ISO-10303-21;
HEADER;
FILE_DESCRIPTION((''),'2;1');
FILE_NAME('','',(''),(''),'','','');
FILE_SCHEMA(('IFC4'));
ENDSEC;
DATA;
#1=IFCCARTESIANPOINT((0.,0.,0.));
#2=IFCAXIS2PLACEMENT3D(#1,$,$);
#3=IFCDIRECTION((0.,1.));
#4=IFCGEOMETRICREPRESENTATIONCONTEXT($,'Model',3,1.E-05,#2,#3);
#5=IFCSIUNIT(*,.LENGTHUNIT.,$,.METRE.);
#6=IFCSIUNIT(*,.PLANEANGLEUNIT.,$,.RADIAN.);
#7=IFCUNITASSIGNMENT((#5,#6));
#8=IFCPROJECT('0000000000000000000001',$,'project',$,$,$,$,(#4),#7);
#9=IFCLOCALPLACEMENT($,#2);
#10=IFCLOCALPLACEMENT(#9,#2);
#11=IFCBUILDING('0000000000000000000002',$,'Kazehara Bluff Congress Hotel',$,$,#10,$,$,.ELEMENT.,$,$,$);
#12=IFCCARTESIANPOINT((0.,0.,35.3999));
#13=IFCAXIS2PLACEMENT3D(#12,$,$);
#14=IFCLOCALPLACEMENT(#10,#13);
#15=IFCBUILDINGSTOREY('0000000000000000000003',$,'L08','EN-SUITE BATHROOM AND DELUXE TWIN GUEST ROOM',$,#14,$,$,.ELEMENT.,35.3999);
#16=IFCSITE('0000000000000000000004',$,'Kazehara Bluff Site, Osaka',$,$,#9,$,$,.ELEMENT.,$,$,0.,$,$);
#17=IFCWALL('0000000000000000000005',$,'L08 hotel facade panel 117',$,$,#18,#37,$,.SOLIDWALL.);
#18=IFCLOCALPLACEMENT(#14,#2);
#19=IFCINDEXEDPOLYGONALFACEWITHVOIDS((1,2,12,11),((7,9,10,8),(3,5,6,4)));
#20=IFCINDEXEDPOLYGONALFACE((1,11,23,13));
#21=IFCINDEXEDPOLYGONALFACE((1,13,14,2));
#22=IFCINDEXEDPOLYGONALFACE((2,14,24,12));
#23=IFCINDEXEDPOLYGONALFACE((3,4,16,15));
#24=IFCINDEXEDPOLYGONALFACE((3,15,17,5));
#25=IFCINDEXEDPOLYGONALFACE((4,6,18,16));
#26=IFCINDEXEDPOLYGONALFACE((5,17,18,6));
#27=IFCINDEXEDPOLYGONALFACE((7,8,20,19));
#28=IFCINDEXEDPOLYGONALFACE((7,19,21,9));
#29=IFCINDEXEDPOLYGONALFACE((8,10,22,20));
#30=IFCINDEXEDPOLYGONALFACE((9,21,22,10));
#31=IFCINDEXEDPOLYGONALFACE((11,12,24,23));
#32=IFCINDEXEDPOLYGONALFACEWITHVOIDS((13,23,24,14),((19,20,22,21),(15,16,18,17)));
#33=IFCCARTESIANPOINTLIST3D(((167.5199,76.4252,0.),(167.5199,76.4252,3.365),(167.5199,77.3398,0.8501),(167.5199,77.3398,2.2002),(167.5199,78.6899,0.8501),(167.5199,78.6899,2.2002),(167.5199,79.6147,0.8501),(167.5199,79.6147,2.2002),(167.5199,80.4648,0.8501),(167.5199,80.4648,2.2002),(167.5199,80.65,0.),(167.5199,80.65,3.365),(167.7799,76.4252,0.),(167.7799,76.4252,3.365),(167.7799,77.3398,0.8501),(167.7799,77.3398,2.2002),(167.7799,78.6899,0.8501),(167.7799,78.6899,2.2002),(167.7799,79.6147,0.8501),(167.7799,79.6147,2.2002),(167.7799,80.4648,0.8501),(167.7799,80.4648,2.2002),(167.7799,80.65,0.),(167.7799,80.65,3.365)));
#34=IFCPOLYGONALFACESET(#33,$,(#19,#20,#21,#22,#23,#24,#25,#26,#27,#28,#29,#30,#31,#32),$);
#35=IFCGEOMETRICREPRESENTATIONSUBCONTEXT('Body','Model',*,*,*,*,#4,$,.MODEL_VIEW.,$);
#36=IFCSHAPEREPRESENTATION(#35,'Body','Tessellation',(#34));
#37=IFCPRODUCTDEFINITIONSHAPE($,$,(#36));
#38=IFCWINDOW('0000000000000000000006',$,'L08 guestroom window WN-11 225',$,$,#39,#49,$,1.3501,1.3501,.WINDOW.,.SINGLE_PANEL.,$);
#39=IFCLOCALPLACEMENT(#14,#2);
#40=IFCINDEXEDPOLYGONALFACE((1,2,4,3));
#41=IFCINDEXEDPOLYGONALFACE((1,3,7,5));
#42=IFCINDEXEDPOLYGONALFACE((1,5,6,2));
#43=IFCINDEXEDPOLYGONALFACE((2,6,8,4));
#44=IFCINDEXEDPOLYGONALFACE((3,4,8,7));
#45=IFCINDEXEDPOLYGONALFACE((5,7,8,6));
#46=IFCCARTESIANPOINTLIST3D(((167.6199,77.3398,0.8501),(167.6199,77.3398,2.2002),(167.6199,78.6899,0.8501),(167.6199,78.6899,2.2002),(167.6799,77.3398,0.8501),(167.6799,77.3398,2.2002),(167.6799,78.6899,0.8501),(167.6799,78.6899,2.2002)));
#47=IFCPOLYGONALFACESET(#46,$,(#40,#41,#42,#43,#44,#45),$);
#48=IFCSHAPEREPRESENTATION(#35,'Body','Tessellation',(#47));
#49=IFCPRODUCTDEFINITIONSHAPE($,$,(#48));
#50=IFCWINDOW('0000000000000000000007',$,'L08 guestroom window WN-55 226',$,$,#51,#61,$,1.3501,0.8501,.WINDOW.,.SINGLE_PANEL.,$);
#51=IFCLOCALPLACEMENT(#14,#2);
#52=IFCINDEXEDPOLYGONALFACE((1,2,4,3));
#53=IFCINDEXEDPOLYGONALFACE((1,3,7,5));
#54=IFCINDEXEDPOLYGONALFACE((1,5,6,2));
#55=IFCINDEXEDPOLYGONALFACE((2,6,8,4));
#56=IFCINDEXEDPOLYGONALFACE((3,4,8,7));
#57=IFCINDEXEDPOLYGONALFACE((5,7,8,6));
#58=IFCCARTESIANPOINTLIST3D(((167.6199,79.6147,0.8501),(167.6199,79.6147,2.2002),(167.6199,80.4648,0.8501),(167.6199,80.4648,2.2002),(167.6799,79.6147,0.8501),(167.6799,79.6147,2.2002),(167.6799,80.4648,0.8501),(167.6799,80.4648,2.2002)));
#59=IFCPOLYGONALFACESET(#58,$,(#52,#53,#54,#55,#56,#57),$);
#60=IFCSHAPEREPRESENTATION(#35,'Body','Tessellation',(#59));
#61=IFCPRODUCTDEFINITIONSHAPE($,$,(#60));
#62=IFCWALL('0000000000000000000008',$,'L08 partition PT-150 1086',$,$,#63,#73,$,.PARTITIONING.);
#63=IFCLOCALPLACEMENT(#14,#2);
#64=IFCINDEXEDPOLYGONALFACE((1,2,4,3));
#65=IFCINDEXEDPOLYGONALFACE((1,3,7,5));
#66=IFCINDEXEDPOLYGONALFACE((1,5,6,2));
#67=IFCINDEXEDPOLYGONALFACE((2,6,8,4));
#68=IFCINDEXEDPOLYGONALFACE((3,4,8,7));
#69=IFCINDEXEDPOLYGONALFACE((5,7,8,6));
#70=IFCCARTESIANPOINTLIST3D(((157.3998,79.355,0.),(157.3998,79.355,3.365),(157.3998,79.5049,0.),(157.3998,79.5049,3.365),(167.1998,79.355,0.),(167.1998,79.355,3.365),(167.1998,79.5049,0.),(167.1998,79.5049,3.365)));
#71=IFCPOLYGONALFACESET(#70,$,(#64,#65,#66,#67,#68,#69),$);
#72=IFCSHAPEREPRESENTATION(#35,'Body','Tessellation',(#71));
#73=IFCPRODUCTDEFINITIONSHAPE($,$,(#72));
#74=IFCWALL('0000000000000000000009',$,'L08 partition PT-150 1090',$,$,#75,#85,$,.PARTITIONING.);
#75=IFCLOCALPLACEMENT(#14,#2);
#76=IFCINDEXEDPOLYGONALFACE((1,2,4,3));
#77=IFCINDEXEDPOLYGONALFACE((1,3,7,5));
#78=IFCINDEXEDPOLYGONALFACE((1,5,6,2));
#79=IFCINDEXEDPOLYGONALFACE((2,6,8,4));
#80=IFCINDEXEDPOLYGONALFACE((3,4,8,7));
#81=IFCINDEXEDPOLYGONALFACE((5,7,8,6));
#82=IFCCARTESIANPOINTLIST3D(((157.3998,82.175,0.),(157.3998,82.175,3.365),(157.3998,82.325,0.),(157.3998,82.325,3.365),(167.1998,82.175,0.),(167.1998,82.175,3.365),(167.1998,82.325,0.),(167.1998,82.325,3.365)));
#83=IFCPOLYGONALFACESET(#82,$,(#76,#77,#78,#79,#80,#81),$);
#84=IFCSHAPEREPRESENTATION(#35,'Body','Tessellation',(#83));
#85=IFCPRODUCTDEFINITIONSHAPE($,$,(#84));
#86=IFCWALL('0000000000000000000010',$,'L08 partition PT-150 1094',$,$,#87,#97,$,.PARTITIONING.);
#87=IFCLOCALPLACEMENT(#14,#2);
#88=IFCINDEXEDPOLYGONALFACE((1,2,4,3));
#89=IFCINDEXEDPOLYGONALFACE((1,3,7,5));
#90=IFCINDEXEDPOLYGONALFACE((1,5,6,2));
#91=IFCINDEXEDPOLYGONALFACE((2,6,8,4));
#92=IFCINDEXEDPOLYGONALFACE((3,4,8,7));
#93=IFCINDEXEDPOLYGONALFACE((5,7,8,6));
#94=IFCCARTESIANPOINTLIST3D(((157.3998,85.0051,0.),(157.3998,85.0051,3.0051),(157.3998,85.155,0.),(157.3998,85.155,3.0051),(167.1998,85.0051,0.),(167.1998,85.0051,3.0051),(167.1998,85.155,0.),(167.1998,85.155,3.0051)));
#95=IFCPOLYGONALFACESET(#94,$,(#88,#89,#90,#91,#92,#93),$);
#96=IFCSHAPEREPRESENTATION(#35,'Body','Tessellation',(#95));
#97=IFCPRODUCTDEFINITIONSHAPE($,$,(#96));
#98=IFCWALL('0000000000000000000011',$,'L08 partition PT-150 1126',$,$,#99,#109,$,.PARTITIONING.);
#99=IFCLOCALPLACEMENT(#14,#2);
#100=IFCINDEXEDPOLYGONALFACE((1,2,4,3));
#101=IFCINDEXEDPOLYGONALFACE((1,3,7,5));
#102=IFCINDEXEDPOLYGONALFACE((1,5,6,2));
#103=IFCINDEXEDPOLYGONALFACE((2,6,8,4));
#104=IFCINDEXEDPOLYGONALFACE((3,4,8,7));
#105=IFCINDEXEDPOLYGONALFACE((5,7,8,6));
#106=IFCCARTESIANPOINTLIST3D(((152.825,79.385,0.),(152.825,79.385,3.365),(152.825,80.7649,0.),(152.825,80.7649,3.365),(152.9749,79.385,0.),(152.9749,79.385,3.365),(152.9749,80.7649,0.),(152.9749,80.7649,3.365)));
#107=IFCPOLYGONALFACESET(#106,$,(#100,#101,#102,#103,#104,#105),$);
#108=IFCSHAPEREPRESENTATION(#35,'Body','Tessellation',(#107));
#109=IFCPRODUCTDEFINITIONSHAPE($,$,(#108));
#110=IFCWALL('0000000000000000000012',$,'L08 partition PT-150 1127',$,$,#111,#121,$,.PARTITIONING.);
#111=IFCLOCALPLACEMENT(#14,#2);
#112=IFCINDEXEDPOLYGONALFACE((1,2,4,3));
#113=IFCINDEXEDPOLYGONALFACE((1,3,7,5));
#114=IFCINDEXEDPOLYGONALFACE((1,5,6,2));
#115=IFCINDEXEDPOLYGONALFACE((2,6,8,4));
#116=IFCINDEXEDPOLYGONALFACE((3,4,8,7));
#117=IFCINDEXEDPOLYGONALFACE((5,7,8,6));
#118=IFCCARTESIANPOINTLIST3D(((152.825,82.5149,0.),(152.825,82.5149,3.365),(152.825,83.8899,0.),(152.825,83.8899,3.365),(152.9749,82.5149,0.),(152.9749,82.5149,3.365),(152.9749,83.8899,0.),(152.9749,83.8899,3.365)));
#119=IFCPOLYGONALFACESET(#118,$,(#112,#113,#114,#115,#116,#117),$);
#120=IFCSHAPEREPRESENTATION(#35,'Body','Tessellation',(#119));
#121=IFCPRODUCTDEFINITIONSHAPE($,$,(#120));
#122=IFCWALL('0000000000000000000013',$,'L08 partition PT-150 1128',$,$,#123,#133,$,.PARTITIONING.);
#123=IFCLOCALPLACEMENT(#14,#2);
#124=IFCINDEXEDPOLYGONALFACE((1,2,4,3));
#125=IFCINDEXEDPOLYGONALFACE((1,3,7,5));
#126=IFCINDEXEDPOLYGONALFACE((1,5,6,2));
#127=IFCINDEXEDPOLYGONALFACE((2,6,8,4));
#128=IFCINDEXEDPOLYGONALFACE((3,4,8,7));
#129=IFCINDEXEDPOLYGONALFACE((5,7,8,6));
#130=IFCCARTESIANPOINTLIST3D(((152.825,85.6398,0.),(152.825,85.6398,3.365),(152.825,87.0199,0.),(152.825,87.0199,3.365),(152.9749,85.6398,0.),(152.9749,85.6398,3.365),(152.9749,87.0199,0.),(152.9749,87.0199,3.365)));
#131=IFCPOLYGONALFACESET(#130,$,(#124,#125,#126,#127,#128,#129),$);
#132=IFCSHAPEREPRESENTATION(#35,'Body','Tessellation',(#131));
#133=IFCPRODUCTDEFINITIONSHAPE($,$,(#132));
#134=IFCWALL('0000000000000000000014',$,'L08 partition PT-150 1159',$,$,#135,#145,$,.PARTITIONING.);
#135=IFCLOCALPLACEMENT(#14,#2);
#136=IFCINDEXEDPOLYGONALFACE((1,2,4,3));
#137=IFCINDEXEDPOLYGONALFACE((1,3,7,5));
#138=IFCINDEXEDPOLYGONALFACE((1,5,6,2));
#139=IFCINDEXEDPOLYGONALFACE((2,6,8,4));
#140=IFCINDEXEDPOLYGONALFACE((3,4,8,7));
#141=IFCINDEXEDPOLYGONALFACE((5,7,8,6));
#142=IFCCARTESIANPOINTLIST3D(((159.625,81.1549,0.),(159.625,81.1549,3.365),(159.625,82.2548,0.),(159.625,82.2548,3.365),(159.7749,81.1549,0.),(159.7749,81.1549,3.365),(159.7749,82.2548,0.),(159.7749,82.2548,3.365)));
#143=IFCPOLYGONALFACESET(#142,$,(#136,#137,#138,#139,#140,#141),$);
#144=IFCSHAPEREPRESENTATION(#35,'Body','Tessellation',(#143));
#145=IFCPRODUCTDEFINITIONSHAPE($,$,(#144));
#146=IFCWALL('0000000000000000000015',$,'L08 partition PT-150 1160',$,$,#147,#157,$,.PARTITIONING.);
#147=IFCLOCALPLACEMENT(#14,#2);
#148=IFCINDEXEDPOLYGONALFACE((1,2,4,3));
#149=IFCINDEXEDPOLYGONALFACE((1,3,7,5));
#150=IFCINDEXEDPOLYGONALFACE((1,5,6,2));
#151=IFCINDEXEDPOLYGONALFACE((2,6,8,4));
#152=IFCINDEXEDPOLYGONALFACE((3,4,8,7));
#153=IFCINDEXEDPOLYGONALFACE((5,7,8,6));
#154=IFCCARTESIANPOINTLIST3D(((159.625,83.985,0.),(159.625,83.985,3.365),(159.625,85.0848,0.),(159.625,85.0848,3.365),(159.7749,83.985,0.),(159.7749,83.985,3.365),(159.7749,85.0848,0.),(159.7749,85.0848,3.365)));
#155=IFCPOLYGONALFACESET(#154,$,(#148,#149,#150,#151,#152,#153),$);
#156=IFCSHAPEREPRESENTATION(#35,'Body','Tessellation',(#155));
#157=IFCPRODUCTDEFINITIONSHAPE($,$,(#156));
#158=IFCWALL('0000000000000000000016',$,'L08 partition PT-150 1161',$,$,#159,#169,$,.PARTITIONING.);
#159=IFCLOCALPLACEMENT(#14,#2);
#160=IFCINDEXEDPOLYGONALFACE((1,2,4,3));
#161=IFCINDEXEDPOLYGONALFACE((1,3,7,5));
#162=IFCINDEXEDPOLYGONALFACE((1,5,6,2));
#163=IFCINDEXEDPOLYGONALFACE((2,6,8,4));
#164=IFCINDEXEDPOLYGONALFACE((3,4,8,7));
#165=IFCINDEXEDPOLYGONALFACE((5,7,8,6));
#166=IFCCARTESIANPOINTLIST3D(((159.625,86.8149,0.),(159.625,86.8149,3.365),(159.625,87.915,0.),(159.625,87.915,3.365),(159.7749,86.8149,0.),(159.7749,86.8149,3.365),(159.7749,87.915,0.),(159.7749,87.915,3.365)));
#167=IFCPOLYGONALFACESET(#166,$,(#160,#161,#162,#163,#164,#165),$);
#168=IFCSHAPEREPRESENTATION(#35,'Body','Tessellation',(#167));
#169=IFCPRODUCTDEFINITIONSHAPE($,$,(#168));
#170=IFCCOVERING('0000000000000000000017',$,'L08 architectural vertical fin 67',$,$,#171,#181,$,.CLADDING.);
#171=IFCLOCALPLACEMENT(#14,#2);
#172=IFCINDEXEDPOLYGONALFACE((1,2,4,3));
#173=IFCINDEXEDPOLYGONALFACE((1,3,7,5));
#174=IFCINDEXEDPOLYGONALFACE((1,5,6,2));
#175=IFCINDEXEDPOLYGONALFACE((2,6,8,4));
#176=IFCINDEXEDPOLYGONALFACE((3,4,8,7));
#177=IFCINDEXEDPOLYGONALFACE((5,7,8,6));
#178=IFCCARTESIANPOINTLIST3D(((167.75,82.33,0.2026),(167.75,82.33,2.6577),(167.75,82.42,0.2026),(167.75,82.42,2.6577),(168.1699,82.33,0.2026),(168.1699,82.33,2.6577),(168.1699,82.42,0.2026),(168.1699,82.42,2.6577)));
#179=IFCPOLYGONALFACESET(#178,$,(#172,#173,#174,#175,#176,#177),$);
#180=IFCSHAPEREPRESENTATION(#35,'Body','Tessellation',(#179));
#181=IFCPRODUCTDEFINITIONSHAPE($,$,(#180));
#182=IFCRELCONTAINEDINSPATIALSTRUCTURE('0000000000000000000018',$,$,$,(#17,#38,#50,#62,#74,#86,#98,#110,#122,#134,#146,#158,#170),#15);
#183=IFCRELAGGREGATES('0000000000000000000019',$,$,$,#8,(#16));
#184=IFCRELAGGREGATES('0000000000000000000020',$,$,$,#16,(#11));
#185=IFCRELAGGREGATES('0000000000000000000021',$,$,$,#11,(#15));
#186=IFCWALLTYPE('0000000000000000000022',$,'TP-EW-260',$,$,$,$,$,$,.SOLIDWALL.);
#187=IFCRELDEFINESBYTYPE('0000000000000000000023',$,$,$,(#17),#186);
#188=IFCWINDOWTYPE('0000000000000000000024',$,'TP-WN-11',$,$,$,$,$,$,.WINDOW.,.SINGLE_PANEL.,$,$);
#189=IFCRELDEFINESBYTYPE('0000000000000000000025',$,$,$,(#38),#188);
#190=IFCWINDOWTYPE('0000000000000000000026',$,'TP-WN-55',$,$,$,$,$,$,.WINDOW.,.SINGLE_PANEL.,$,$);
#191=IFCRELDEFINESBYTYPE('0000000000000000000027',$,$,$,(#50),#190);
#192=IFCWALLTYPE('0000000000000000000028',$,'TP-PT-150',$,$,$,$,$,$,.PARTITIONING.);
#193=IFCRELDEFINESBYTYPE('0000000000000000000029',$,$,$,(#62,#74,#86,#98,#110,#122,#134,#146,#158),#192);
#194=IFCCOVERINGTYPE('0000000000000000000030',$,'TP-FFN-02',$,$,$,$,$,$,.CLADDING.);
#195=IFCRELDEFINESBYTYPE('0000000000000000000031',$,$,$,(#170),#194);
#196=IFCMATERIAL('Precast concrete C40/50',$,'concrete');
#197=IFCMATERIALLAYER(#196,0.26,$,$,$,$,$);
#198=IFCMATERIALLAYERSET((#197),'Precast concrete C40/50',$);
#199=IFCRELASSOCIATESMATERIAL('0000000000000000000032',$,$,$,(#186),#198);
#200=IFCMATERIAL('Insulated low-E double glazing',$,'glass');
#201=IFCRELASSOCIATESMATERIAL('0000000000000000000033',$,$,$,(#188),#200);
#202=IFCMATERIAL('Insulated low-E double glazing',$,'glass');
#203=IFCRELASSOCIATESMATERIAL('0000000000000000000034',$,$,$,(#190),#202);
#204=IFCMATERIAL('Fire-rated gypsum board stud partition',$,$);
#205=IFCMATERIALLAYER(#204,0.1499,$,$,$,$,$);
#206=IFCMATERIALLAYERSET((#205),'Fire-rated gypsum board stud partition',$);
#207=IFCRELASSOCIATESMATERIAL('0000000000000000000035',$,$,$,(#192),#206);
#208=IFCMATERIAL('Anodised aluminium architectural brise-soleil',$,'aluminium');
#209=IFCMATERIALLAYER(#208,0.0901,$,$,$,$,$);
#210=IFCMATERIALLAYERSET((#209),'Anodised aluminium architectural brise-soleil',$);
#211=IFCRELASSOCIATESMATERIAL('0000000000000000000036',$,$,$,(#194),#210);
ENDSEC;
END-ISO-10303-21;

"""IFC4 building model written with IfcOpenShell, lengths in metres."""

from ifc_helpers import new_model, si_unit, direction, frame, frame_2d, origin, origin_2d, place, context, subcontext, project, spatial, rectangle, extrude, material, layer, layer_set, type_object, element, fill, save


model = new_model("IFC4")

# Units and contexts
model_context = context("Model", 3, precision=1e-05, world=origin(), true_north=direction((0.0, 1.0)))
body_context = subcontext(model_context, "Body", "Model", "MODEL_VIEW")
ifc_project = project(units=[si_unit("LENGTHUNIT", "METRE"), si_unit("PLANEANGLEUNIT", "RADIAN")], contexts=[model_context])

# Site, building, storey
site_placement = place(None, origin())
site = spatial("IfcSite", under=ifc_project, at=site_placement, Name="Kazehara Bluff Site, Osaka", CompositionType="ELEMENT", RefElevation=0.0)
building_placement = place(site_placement, origin())
building = spatial("IfcBuilding", under=site, at=building_placement, Name="Kazehara Bluff Congress Hotel", CompositionType="ELEMENT")
storey_placement = place(building_placement, frame((0.0, 0.0, 35.3999)))
storey = spatial("IfcBuildingStorey", under=building, at=storey_placement, Name="L08", Description="EN-SUITE BATHROOM AND DELUXE TWIN GUEST ROOM", CompositionType="ELEMENT", Elevation=35.3999)

# Wall, openings, windows
ifc_material_1 = material(Name="Precast concrete C40/50", Category="concrete")
ifc_layer_1 = layer(ifc_material_1, 0.26)
ifc_layer_set_1 = layer_set([ifc_layer_1], Name="Precast concrete C40/50")
wall_type_1 = type_object("IfcWallType", Name="TP-EW-260", PredefinedType="SOLIDWALL", material=ifc_layer_set_1)
wall_1_placement = place(storey_placement, frame((167.6499, 80.6499, 0.0), z_axis=(0.0, 0.0, 1.0), x_axis=(0.0, -1.0, 0.0)))
wall_1 = element("IfcWall", 1, at=wall_1_placement, inside=storey, type_object=wall_type_1, Name="L08 hotel facade panel 117", PredefinedType="SOLIDWALL", context=body_context, shape_type="SweptSolid", body=[
    extrude(rectangle(XDim=4.2249, YDim=0.26, at=frame_2d((2.1123, 0.0))), origin(), (0.0, 0.0, 1.0), 3.365),
])
opening_1_placement = place(wall_1_placement, frame((1.96, 0.0, 0.8501)))
opening_1 = element("IfcOpeningElement", 2, at=opening_1_placement, cuts=wall_1, PredefinedType="OPENING", context=body_context, shape_type="SweptSolid", body=[
    extrude(rectangle(XDim=1.3501, YDim=1.3501, at=frame_2d((0.675, 0.675))), frame((0.0, 0.1399, 0.0), z_axis=(0.0, -1.0, 0.0), x_axis=(1.0, 0.0, 0.0)), (0.0, 0.0, 1.0), 0.28),
])
opening_2_placement = place(wall_1_placement, frame((0.1851, 0.0, 0.8501)))
opening_2 = element("IfcOpeningElement", 3, at=opening_2_placement, cuts=wall_1, PredefinedType="OPENING", context=body_context, shape_type="SweptSolid", body=[
    extrude(rectangle(XDim=0.8501, YDim=1.3501, at=frame_2d((0.425, 0.675))), frame((0.0, 0.1399, 0.0), z_axis=(0.0, -1.0, 0.0), x_axis=(1.0, 0.0, 0.0)), (0.0, 0.0, 1.0), 0.28),
])
ifc_material_2 = material(Name="Insulated low-E double glazing", Category="glass")
window_type_1 = type_object("IfcWindowType", Name="TP-WN-11", PartitioningType="SINGLE_PANEL", PredefinedType="WINDOW", material=ifc_material_2)
window_1_placement = place(opening_1_placement, origin())
window_1 = element("IfcWindow", 4, at=window_1_placement, inside=storey, type_object=window_type_1, Name="L08 guestroom window WN-11 225", OverallHeight=1.3501, OverallWidth=1.3501, PartitioningType="SINGLE_PANEL", PredefinedType="WINDOW", context=body_context, shape_type="SweptSolid", body=[
    extrude(rectangle(XDim=1.3501, YDim=1.3501, at=frame_2d((0.675, 0.675))), frame((0.0, 0.03, 0.0), z_axis=(0.0, -1.0, 0.0), x_axis=(1.0, 0.0, 0.0)), (0.0, 0.0, 1.0), 0.0601),
])
fill(opening_1, window_1)
ifc_material_3 = material(Name="Insulated low-E double glazing", Category="glass")
window_type_2 = type_object("IfcWindowType", Name="TP-WN-55", PartitioningType="SINGLE_PANEL", PredefinedType="WINDOW", material=ifc_material_3)
window_2_placement = place(opening_2_placement, origin())
window_2 = element("IfcWindow", 5, at=window_2_placement, inside=storey, type_object=window_type_2, Name="L08 guestroom window WN-55 226", OverallHeight=1.3501, OverallWidth=0.8501, PartitioningType="SINGLE_PANEL", PredefinedType="WINDOW", context=body_context, shape_type="SweptSolid", body=[
    extrude(rectangle(XDim=0.8501, YDim=1.3501, at=frame_2d((0.425, 0.675))), frame((0.0, 0.03, 0.0), z_axis=(0.0, -1.0, 0.0), x_axis=(1.0, 0.0, 0.0)), (0.0, 0.0, 1.0), 0.0601),
])
fill(opening_2, window_2)

# Wall
ifc_material_4 = material(Name="Fire-rated gypsum board stud partition")
ifc_layer_2 = layer(ifc_material_4, 0.1499)
ifc_layer_set_2 = layer_set([ifc_layer_2], Name="Fire-rated gypsum board stud partition")
wall_type_2 = type_object("IfcWallType", Name="TP-PT-150", PredefinedType="PARTITIONING", material=ifc_layer_set_2)
wall_2_placement = place(storey_placement, frame((157.3999, 79.4299, 0.0), z_axis=(0.0, 0.0, 1.0), x_axis=(1.0, 0.0, 0.0)))
element("IfcWall", 6, at=wall_2_placement, inside=storey, type_object=wall_type_2, Name="L08 partition PT-150 1086", PredefinedType="PARTITIONING", context=body_context, shape_type="SweptSolid", body=[
    extrude(rectangle(XDim=9.8, YDim=0.1499, at=frame_2d((4.8999, 0.0))), origin(), (0.0, 0.0, 1.0), 3.365),
])

# Wall
wall_3_placement = place(storey_placement, frame((157.3999, 82.25, 0.0), z_axis=(0.0, 0.0, 1.0), x_axis=(1.0, 0.0, 0.0)))
element("IfcWall", 7, at=wall_3_placement, inside=storey, type_object=wall_type_2, Name="L08 partition PT-150 1090", PredefinedType="PARTITIONING", context=body_context, shape_type="SweptSolid", body=[
    extrude(rectangle(XDim=9.8, YDim=0.1499, at=frame_2d((4.8999, 0.0))), origin(), (0.0, 0.0, 1.0), 3.365),
])

# Wall
wall_4_placement = place(storey_placement, frame((157.3999, 85.0801, 0.0), z_axis=(0.0, 0.0, 1.0), x_axis=(1.0, 0.0, 0.0)))
element("IfcWall", 8, at=wall_4_placement, inside=storey, type_object=wall_type_2, Name="L08 partition PT-150 1094", PredefinedType="PARTITIONING", context=body_context, shape_type="SweptSolid", body=[
    extrude(rectangle(XDim=9.8, YDim=0.1499, at=frame_2d((4.8999, 0.0))), origin(), (0.0, 0.0, 1.0), 3.0051),
])

# Walls
wall_5_placement = place(storey_placement, frame((152.8999, 79.385, 0.0), z_axis=(0.0, 0.0, 1.0), x_axis=(0.0, 1.0, 0.0)))
element("IfcWall", 9, at=wall_5_placement, inside=storey, type_object=wall_type_2, Name="L08 partition PT-150 1126", PredefinedType="PARTITIONING", context=body_context, shape_type="SweptSolid", body=[
    extrude(rectangle(XDim=1.3799, YDim=0.1499, at=frame_2d((0.6899, 0.0))), origin(), (0.0, 0.0, 1.0), 3.365),
])
wall_6_placement = place(storey_placement, frame((152.8999, 82.5149, 0.0), z_axis=(0.0, 0.0, 1.0), x_axis=(0.0, 1.0, 0.0)))
element("IfcWall", 10, at=wall_6_placement, inside=storey, type_object=wall_type_2, Name="L08 partition PT-150 1127", PredefinedType="PARTITIONING", context=body_context, shape_type="SweptSolid", body=[
    extrude(rectangle(XDim=1.375, YDim=0.1499, at=frame_2d((0.6875, 0.0))), origin(), (0.0, 0.0, 1.0), 3.365),
])
wall_7_placement = place(storey_placement, frame((152.8999, 85.6399, 0.0), z_axis=(0.0, 0.0, 1.0), x_axis=(0.0, 1.0, 0.0)))
element("IfcWall", 11, at=wall_7_placement, inside=storey, type_object=wall_type_2, Name="L08 partition PT-150 1128", PredefinedType="PARTITIONING", context=body_context, shape_type="SweptSolid", body=[
    extrude(rectangle(XDim=1.3801, YDim=0.1499, at=frame_2d((0.6899, 0.0))), origin(), (0.0, 0.0, 1.0), 3.365),
])
for number, where, z_axis, x_axis, name in (
    (12, (159.7, 81.155, 0.0), (0.0, 0.0, 1.0), (0.0, 1.0, 0.0), "L08 partition PT-150 1159"),
    (13, (159.7, 83.9851, 0.0), (0.0, 0.0, 1.0), (0.0, 1.0, 0.0), "L08 partition PT-150 1160"),
):
    element("IfcWall", number, at=place(storey_placement, frame(where, z_axis=z_axis, x_axis=x_axis)), inside=storey, type_object=wall_type_2, Name=name, PredefinedType="PARTITIONING", context=body_context, shape_type="SweptSolid", body=[
        extrude(rectangle(XDim=1.0999, YDim=0.1499, at=frame_2d((0.5498, 0.0))), origin(), (0.0, 0.0, 1.0), 3.365),
    ])
wall_8_placement = place(storey_placement, frame((159.7, 86.8149, 0.0), z_axis=(0.0, 0.0, 1.0), x_axis=(0.0, 1.0, 0.0)))
element("IfcWall", 14, at=wall_8_placement, inside=storey, type_object=wall_type_2, Name="L08 partition PT-150 1161", PredefinedType="PARTITIONING", context=body_context, shape_type="SweptSolid", body=[
    extrude(rectangle(XDim=1.1001, YDim=0.1499, at=frame_2d((0.55, 0.0))), origin(), (0.0, 0.0, 1.0), 3.365),
])

# Covering
ifc_material_5 = material(Name="Anodised aluminium architectural brise-soleil", Category="aluminium")
ifc_layer_3 = layer(ifc_material_5, 0.0901)
ifc_layer_set_3 = layer_set([ifc_layer_3], Name="Anodised aluminium architectural brise-soleil")
covering_type = type_object("IfcCoveringType", Name="TP-FFN-02", PredefinedType="CLADDING", material=ifc_layer_set_3)
for number, where, z_axis, x_axis, name in (
    (15, (167.96, 82.375, 0.2026), (0.0, 0.0, 1.0), (1.0, 0.0, 0.0), "L08 architectural vertical fin 67"),
):
    element("IfcCovering", number, at=place(storey_placement, frame(where, z_axis=z_axis, x_axis=x_axis)), inside=storey, type_object=covering_type, Name=name, PredefinedType="CLADDING", context=body_context, shape_type="SweptSolid", body=[
        extrude(rectangle(XDim=0.4199, YDim=0.0901, at=origin_2d()), origin(), (0.0, 0.0, 1.0), 2.4551),
    ])

save(model, "model.ifc")
